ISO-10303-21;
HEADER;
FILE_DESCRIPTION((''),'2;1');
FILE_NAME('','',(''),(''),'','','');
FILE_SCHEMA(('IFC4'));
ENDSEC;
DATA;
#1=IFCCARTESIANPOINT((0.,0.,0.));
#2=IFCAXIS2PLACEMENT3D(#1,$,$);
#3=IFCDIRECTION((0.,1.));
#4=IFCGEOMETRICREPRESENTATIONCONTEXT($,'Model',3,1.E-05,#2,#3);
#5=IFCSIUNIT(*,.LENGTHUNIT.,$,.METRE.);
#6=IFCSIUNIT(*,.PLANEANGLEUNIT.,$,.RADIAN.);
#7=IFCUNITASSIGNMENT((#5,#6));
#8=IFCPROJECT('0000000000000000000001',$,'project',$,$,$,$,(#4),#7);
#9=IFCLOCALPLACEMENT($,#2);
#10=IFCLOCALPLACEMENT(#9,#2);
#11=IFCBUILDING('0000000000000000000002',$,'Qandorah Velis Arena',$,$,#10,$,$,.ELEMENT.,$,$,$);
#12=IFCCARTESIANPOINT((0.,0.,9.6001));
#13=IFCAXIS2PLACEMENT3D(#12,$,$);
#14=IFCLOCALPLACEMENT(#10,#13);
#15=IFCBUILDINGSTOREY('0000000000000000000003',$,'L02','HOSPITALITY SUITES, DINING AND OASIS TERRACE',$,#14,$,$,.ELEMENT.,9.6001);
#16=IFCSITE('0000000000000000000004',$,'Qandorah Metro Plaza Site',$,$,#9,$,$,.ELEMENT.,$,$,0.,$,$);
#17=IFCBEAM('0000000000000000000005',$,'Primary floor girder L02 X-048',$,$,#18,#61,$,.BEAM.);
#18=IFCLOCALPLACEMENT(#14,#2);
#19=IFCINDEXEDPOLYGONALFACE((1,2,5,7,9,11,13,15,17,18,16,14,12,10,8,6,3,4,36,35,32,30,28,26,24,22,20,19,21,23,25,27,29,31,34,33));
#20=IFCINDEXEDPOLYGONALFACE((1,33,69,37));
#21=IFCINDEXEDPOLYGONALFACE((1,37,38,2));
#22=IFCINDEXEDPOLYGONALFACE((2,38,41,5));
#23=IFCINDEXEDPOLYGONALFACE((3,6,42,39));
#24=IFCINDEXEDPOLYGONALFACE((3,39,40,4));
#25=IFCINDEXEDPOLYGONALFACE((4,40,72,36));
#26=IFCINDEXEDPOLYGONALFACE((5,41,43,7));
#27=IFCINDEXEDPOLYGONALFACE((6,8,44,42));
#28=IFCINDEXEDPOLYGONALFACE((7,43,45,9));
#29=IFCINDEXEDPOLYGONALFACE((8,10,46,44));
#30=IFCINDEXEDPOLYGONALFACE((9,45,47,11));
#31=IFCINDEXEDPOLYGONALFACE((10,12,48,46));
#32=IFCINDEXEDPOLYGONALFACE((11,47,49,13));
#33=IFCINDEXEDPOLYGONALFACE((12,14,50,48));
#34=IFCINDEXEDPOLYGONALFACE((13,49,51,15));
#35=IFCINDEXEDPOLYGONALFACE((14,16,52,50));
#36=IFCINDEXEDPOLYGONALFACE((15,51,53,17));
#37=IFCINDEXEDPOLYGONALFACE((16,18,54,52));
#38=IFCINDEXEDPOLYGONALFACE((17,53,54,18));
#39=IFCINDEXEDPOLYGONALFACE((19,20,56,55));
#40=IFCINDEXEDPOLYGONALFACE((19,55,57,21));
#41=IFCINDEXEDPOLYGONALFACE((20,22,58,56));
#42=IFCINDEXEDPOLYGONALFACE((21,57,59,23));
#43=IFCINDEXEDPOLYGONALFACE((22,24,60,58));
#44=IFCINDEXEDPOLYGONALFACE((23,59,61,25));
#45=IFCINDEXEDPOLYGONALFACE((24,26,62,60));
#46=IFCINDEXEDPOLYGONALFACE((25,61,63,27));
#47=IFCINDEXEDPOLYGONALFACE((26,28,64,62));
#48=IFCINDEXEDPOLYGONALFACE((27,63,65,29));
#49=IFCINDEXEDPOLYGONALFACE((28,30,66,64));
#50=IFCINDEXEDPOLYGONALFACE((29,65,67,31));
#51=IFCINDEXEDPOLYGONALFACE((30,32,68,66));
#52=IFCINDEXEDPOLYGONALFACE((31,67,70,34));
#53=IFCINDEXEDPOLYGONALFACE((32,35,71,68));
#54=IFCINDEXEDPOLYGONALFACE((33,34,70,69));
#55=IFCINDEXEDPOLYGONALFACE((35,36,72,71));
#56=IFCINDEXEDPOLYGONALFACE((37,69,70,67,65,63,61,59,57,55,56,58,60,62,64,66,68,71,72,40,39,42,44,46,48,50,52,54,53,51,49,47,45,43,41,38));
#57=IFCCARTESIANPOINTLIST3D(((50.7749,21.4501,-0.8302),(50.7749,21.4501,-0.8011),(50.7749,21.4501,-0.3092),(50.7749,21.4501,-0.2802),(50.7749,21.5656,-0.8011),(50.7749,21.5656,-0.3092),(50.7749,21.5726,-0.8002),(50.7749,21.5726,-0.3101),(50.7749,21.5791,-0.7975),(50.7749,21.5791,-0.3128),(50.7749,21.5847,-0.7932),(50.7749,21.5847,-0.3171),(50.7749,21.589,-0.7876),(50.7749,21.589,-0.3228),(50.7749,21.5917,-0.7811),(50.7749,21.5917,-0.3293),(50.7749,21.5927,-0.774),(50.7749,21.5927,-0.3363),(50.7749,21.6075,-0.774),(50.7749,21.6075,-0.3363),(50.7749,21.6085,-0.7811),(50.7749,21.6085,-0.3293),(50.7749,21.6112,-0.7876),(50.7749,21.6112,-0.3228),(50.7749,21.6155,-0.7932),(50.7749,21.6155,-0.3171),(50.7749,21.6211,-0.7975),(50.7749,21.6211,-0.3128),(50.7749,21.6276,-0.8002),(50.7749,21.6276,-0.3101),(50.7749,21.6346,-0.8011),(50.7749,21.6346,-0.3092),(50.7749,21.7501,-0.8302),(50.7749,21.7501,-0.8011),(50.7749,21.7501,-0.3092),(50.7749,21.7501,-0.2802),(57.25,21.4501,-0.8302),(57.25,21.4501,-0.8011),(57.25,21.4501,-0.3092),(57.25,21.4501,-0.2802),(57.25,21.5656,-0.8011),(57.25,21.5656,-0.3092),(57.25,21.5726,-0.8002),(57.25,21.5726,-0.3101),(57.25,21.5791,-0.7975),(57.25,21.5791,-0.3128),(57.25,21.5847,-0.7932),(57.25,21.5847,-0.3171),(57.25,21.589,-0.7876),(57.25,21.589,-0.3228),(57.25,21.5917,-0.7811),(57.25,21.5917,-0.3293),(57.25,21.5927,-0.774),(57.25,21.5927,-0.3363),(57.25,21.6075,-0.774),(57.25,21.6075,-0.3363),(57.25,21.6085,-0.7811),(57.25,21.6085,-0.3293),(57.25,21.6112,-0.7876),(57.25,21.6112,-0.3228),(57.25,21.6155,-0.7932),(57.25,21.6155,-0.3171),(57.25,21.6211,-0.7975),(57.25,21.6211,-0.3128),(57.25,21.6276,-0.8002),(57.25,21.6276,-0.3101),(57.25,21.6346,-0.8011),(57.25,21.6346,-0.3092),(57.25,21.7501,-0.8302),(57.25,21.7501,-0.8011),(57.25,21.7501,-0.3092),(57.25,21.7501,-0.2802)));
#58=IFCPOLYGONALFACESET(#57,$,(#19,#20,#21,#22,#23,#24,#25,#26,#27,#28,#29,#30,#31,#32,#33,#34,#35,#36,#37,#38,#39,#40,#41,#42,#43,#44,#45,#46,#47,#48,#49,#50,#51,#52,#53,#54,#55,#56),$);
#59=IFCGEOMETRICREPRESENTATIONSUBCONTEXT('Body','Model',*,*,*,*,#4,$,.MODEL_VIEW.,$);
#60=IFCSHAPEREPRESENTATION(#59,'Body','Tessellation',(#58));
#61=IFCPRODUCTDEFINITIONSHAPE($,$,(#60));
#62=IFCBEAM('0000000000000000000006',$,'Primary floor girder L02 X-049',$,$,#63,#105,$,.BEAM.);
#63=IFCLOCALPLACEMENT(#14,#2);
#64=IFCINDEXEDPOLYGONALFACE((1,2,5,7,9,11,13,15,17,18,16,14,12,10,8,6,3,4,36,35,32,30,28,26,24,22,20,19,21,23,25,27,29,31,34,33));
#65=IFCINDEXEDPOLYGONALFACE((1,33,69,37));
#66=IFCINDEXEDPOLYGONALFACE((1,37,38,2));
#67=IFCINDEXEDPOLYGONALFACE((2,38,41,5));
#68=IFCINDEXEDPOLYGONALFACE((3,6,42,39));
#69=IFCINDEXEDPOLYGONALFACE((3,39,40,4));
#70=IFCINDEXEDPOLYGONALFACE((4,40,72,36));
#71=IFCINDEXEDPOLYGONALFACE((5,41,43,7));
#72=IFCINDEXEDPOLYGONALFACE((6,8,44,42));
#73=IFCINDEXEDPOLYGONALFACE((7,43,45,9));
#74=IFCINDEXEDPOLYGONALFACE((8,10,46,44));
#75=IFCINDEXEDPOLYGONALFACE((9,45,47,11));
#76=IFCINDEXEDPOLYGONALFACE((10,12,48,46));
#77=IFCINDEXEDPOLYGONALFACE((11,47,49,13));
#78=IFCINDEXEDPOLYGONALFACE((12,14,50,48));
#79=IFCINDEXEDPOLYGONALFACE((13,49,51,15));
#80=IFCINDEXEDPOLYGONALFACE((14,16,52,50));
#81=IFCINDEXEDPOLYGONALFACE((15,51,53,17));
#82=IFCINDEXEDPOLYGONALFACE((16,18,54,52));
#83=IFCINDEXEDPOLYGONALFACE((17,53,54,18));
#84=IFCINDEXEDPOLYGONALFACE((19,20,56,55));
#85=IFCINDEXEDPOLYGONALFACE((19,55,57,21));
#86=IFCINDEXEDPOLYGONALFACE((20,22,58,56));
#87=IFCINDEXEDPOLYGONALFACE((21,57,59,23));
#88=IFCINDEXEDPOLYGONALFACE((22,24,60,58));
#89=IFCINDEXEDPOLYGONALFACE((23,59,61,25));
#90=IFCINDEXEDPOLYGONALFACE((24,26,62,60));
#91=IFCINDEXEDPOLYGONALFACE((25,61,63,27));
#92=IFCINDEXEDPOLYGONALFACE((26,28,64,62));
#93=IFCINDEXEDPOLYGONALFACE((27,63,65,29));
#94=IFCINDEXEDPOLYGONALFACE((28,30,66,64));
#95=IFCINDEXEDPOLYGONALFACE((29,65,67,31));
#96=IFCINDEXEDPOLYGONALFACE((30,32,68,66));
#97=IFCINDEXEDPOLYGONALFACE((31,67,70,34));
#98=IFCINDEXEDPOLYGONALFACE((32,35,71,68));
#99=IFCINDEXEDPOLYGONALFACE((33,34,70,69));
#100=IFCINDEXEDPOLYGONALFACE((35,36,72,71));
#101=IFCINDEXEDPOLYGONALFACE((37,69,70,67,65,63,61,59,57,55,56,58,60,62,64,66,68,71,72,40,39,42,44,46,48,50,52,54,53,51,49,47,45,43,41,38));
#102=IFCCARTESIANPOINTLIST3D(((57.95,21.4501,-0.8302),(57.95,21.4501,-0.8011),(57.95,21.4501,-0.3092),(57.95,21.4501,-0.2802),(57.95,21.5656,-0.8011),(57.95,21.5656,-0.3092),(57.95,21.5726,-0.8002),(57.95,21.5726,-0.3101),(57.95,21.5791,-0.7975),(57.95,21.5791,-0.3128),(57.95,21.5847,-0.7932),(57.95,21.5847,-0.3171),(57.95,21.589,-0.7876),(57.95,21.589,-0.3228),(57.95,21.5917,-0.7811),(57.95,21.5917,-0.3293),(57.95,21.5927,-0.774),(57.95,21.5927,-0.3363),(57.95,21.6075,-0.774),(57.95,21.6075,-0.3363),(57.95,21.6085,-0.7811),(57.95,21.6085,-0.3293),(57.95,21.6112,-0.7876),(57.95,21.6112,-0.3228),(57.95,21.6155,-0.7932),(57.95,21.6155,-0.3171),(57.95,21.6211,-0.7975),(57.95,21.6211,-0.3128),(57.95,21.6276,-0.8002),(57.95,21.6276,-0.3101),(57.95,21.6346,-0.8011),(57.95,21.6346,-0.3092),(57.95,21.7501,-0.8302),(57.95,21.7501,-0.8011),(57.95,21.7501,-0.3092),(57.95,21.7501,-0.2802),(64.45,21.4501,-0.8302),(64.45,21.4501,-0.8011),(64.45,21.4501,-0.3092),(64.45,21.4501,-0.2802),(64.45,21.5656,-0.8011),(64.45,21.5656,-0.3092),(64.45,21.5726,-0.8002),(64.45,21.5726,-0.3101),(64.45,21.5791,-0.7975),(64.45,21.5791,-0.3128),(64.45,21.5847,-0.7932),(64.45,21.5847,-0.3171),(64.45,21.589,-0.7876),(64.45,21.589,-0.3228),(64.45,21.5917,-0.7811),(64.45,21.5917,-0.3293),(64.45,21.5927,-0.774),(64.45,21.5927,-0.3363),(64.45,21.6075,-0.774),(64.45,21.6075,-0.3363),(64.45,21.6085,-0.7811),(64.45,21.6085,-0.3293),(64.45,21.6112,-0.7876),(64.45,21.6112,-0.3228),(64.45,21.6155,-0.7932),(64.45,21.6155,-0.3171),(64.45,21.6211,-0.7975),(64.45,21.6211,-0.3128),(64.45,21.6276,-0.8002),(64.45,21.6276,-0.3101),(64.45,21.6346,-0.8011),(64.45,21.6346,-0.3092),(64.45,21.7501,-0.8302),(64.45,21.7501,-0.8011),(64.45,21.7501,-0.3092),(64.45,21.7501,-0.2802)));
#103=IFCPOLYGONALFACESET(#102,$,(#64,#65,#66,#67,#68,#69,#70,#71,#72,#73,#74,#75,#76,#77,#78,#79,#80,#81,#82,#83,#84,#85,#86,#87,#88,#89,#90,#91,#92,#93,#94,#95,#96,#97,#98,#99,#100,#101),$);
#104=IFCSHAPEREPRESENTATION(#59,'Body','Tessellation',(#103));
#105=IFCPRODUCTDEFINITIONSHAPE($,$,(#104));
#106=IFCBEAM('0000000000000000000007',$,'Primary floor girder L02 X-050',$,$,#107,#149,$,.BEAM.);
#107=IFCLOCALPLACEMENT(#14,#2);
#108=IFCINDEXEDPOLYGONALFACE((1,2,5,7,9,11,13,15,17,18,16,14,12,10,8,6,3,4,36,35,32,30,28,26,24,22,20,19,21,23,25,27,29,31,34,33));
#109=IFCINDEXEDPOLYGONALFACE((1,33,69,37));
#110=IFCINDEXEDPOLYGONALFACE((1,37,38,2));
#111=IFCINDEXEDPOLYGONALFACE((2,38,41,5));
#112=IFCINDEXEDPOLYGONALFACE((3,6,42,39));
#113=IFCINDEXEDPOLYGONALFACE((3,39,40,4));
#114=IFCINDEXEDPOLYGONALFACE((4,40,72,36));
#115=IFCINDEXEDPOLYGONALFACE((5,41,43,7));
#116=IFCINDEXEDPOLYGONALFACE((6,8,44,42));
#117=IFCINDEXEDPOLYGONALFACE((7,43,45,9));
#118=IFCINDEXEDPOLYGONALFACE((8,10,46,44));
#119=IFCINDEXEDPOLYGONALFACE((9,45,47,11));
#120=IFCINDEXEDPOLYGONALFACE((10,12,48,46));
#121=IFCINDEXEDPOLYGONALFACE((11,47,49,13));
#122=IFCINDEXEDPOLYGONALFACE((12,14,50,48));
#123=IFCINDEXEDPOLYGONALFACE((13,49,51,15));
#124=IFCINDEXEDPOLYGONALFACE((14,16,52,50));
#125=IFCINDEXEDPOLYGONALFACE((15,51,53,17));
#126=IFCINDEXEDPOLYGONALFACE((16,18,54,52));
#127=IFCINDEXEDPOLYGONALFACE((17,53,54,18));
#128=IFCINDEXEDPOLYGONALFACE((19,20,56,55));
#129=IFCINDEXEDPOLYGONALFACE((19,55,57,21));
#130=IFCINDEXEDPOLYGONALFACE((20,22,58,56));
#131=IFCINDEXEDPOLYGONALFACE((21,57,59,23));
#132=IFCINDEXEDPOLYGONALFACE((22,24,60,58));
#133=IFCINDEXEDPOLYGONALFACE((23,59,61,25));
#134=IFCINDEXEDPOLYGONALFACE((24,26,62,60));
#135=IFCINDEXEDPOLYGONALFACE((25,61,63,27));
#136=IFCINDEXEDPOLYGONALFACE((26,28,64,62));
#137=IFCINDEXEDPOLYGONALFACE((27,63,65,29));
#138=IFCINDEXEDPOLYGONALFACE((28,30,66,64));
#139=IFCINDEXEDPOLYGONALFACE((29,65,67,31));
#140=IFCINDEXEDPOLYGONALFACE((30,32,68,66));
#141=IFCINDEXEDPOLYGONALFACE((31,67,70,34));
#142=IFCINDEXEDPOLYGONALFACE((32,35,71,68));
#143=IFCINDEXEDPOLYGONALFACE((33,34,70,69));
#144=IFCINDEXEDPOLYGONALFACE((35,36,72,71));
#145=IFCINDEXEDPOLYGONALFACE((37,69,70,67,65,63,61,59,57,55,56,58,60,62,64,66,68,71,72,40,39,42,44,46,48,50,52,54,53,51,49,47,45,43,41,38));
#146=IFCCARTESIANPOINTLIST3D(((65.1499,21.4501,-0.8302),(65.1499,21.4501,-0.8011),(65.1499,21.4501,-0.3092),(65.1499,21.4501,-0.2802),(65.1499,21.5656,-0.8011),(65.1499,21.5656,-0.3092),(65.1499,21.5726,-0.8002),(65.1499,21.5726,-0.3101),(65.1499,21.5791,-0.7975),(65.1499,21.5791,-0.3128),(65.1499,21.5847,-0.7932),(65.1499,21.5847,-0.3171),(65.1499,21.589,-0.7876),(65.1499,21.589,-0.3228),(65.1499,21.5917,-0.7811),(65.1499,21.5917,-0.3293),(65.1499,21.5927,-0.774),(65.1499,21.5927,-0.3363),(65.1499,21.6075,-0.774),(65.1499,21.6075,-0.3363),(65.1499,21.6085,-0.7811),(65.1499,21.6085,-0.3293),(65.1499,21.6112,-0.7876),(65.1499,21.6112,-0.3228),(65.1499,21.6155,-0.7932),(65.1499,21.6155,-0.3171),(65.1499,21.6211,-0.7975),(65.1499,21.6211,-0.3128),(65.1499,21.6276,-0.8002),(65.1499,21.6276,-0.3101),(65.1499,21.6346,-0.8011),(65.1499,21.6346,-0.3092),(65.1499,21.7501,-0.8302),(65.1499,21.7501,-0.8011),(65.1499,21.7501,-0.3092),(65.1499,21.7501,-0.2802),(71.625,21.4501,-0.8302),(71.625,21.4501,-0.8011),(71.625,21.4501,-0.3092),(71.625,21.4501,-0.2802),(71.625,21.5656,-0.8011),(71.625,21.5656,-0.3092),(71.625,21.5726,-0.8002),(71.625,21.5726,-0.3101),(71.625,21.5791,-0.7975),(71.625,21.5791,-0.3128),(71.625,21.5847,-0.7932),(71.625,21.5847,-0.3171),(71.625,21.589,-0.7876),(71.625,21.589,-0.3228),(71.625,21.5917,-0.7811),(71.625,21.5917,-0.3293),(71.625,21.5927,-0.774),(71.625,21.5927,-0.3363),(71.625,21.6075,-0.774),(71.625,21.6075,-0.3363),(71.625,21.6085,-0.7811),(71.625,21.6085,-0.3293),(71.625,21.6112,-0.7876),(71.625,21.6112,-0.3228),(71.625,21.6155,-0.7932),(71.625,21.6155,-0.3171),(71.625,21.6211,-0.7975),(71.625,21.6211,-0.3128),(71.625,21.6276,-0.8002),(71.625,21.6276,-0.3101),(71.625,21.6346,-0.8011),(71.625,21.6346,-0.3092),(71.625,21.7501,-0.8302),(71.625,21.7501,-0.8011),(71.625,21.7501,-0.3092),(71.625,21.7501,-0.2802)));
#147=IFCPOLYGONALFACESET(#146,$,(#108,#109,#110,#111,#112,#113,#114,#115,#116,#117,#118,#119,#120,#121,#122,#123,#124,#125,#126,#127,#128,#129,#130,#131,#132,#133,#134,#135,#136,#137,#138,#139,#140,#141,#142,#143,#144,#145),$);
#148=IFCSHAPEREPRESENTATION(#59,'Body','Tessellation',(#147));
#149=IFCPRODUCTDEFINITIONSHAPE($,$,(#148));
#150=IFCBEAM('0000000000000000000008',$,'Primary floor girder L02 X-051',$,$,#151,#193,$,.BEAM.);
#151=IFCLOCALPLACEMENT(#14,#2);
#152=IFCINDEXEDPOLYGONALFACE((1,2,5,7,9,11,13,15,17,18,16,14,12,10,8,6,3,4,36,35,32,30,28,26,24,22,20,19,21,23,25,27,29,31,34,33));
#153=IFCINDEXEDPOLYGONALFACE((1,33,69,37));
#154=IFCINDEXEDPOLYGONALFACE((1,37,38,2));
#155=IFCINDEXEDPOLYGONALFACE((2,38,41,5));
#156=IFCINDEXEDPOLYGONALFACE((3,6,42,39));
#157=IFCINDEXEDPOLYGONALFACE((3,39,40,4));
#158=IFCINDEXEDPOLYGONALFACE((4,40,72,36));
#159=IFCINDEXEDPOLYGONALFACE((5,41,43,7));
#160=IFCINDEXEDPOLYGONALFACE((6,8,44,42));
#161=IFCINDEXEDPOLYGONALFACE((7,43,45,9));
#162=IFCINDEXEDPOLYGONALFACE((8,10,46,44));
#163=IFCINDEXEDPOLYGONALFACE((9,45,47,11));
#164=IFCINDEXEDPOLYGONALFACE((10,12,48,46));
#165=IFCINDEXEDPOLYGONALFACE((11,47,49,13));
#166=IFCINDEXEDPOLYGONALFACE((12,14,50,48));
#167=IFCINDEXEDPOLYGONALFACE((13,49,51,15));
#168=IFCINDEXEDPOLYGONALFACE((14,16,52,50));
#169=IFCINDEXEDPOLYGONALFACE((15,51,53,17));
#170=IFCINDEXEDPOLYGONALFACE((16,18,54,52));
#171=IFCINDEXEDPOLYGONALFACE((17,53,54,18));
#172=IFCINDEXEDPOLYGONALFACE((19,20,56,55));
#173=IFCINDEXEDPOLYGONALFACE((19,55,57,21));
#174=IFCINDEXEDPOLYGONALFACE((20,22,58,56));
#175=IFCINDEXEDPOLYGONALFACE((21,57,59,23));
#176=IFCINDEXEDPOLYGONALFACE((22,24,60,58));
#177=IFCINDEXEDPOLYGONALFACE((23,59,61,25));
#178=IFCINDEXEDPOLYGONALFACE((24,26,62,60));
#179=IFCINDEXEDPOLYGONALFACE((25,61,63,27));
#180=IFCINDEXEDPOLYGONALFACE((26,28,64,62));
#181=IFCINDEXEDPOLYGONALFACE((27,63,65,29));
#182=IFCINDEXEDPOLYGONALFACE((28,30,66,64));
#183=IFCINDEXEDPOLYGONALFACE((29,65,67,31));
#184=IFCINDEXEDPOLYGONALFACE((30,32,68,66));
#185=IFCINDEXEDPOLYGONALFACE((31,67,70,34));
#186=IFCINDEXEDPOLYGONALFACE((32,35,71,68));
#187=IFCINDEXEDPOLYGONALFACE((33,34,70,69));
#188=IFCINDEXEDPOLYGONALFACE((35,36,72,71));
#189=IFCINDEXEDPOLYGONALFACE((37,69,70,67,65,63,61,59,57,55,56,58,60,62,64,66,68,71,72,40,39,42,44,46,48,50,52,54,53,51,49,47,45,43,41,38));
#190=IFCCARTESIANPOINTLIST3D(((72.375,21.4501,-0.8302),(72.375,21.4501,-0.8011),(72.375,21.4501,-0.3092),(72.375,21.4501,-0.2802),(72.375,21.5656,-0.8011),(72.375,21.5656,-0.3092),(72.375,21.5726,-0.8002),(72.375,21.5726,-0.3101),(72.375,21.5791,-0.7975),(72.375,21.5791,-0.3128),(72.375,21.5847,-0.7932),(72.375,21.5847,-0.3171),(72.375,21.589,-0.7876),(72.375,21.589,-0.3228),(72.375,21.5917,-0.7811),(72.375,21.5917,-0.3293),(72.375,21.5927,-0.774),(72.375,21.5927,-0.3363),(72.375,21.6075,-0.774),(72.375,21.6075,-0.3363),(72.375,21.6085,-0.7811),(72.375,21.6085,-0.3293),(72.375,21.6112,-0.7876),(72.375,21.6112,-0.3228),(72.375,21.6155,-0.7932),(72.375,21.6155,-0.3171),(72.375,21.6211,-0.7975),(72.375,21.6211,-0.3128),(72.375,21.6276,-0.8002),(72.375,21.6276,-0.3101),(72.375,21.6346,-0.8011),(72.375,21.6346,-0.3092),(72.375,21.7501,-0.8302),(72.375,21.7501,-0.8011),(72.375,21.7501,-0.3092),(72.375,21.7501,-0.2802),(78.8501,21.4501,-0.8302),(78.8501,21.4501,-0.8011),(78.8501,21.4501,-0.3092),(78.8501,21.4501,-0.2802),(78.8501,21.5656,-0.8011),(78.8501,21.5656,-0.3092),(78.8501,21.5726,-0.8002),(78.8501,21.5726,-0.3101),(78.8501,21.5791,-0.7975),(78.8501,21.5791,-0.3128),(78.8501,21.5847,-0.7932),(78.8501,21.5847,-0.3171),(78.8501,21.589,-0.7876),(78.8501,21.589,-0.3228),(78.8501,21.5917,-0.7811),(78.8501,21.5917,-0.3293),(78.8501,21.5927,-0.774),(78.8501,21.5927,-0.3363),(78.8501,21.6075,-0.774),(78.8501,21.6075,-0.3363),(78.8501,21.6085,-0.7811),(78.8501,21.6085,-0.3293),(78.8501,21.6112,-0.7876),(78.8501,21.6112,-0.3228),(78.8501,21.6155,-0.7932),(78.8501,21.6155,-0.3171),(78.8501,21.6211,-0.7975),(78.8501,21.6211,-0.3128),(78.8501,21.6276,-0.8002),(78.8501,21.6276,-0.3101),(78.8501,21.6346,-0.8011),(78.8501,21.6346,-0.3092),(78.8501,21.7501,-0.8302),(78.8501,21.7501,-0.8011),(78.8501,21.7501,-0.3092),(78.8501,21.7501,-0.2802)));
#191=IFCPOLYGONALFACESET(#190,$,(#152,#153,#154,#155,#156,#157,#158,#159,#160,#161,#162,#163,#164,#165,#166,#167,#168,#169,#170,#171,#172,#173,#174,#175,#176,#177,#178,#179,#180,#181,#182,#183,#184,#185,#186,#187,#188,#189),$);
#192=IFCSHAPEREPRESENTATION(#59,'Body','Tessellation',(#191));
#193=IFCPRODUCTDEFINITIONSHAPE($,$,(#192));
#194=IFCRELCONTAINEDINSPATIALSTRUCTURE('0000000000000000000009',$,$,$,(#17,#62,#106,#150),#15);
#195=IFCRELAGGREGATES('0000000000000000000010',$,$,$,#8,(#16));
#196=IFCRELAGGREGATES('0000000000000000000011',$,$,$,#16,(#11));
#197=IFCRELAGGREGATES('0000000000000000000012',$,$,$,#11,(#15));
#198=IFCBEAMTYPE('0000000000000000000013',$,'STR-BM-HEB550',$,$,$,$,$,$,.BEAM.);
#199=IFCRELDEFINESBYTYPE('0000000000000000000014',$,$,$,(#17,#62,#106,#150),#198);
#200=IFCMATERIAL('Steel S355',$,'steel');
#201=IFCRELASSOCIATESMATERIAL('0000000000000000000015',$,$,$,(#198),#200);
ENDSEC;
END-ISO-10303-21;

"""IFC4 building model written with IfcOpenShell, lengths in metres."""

from ifc_helpers import new_model, si_unit, direction, frame, origin, origin_2d, place, context, subcontext, project, spatial, i_section, extrude, material, material_profile, profile_set, type_object, element, save


model = new_model("IFC4")

# Units and contexts
model_context = context("Model", 3, precision=1e-05, world=origin(), true_north=direction((0.0, 1.0)))
body_context = subcontext(model_context, "Body", "Model", "MODEL_VIEW")
ifc_project = project(units=[si_unit("LENGTHUNIT", "METRE"), si_unit("PLANEANGLEUNIT", "RADIAN")], contexts=[model_context])

# Site, building, storey
site_placement = place(None, origin())
site = spatial("IfcSite", under=ifc_project, at=site_placement, Name="Qandorah Metro Plaza Site", CompositionType="ELEMENT", RefElevation=0.0)
building_placement = place(site_placement, origin())
building = spatial("IfcBuilding", under=site, at=building_placement, Name="Qandorah Velis Arena", CompositionType="ELEMENT")
storey_placement = place(building_placement, frame((0.0, 0.0, 9.6001)))
storey = spatial("IfcBuildingStorey", under=building, at=storey_placement, Name="L02", Description="HOSPITALITY SUITES, DINING AND OASIS TERRACE", CompositionType="ELEMENT", Elevation=9.6001)

# Shared definitions
ifc_material_1 = material(Name="Steel S355", Category="steel")

# Beams
ifc_material_profile_1 = material_profile(ifc_material_1, i_section(OverallWidth=0.3, OverallDepth=0.55, WebThickness=0.0149, FlangeThickness=0.0291, FilletRadius=0.0271, at=origin_2d()), Name="HEB 550")
ifc_profile_set_1 = profile_set([ifc_material_profile_1], Name="Steel S355")
beam_type_1 = type_object("IfcBeamType", Name="STR-BM-HEB550", PredefinedType="BEAM", material=ifc_profile_set_1)
beam_1_placement = place(storey_placement, frame((50.7749, 21.6001, -0.5552), z_axis=(1.0, 0.0, 0.0), x_axis=(0.0, 1.0, 0.0)))
element("IfcBeam", 1, at=beam_1_placement, inside=storey, type_object=beam_type_1, Name="Primary floor girder L02 X-048", PredefinedType="BEAM", context=body_context, shape_type="SweptSolid", body=[
    extrude(i_section(OverallWidth=0.3, OverallDepth=0.55, WebThickness=0.0149, FlangeThickness=0.0291, FilletRadius=0.0271, at=origin_2d()), origin(), (0.0, 0.0, 1.0), 6.4751),
])
beam_2_placement = place(storey_placement, frame((57.95, 21.6001, -0.5552), z_axis=(1.0, 0.0, 0.0), x_axis=(0.0, 1.0, 0.0)))
element("IfcBeam", 2, at=beam_2_placement, inside=storey, type_object=beam_type_1, Name="Primary floor girder L02 X-049", PredefinedType="BEAM", context=body_context, shape_type="SweptSolid", body=[
    extrude(i_section(OverallWidth=0.3, OverallDepth=0.55, WebThickness=0.0149, FlangeThickness=0.0291, FilletRadius=0.0271, at=origin_2d()), origin(), (0.0, 0.0, 1.0), 6.5),
])
for number, where, z_axis, x_axis, name in (
    (3, (65.1499, 21.6001, -0.5552), (1.0, 0.0, 0.0), (0.0, 1.0, 0.0), "Primary floor girder L02 X-050"),
    (4, (72.375, 21.6001, -0.5552), (1.0, 0.0, 0.0), (0.0, 1.0, 0.0), "Primary floor girder L02 X-051"),
):
    element("IfcBeam", number, at=place(storey_placement, frame(where, z_axis=z_axis, x_axis=x_axis)), inside=storey, type_object=beam_type_1, Name=name, PredefinedType="BEAM", context=body_context, shape_type="SweptSolid", body=[
        extrude(i_section(OverallWidth=0.3, OverallDepth=0.55, WebThickness=0.0149, FlangeThickness=0.0291, FilletRadius=0.0271, at=origin_2d()), origin(), (0.0, 0.0, 1.0), 6.4751),
    ])

save(model, "model.ifc")
